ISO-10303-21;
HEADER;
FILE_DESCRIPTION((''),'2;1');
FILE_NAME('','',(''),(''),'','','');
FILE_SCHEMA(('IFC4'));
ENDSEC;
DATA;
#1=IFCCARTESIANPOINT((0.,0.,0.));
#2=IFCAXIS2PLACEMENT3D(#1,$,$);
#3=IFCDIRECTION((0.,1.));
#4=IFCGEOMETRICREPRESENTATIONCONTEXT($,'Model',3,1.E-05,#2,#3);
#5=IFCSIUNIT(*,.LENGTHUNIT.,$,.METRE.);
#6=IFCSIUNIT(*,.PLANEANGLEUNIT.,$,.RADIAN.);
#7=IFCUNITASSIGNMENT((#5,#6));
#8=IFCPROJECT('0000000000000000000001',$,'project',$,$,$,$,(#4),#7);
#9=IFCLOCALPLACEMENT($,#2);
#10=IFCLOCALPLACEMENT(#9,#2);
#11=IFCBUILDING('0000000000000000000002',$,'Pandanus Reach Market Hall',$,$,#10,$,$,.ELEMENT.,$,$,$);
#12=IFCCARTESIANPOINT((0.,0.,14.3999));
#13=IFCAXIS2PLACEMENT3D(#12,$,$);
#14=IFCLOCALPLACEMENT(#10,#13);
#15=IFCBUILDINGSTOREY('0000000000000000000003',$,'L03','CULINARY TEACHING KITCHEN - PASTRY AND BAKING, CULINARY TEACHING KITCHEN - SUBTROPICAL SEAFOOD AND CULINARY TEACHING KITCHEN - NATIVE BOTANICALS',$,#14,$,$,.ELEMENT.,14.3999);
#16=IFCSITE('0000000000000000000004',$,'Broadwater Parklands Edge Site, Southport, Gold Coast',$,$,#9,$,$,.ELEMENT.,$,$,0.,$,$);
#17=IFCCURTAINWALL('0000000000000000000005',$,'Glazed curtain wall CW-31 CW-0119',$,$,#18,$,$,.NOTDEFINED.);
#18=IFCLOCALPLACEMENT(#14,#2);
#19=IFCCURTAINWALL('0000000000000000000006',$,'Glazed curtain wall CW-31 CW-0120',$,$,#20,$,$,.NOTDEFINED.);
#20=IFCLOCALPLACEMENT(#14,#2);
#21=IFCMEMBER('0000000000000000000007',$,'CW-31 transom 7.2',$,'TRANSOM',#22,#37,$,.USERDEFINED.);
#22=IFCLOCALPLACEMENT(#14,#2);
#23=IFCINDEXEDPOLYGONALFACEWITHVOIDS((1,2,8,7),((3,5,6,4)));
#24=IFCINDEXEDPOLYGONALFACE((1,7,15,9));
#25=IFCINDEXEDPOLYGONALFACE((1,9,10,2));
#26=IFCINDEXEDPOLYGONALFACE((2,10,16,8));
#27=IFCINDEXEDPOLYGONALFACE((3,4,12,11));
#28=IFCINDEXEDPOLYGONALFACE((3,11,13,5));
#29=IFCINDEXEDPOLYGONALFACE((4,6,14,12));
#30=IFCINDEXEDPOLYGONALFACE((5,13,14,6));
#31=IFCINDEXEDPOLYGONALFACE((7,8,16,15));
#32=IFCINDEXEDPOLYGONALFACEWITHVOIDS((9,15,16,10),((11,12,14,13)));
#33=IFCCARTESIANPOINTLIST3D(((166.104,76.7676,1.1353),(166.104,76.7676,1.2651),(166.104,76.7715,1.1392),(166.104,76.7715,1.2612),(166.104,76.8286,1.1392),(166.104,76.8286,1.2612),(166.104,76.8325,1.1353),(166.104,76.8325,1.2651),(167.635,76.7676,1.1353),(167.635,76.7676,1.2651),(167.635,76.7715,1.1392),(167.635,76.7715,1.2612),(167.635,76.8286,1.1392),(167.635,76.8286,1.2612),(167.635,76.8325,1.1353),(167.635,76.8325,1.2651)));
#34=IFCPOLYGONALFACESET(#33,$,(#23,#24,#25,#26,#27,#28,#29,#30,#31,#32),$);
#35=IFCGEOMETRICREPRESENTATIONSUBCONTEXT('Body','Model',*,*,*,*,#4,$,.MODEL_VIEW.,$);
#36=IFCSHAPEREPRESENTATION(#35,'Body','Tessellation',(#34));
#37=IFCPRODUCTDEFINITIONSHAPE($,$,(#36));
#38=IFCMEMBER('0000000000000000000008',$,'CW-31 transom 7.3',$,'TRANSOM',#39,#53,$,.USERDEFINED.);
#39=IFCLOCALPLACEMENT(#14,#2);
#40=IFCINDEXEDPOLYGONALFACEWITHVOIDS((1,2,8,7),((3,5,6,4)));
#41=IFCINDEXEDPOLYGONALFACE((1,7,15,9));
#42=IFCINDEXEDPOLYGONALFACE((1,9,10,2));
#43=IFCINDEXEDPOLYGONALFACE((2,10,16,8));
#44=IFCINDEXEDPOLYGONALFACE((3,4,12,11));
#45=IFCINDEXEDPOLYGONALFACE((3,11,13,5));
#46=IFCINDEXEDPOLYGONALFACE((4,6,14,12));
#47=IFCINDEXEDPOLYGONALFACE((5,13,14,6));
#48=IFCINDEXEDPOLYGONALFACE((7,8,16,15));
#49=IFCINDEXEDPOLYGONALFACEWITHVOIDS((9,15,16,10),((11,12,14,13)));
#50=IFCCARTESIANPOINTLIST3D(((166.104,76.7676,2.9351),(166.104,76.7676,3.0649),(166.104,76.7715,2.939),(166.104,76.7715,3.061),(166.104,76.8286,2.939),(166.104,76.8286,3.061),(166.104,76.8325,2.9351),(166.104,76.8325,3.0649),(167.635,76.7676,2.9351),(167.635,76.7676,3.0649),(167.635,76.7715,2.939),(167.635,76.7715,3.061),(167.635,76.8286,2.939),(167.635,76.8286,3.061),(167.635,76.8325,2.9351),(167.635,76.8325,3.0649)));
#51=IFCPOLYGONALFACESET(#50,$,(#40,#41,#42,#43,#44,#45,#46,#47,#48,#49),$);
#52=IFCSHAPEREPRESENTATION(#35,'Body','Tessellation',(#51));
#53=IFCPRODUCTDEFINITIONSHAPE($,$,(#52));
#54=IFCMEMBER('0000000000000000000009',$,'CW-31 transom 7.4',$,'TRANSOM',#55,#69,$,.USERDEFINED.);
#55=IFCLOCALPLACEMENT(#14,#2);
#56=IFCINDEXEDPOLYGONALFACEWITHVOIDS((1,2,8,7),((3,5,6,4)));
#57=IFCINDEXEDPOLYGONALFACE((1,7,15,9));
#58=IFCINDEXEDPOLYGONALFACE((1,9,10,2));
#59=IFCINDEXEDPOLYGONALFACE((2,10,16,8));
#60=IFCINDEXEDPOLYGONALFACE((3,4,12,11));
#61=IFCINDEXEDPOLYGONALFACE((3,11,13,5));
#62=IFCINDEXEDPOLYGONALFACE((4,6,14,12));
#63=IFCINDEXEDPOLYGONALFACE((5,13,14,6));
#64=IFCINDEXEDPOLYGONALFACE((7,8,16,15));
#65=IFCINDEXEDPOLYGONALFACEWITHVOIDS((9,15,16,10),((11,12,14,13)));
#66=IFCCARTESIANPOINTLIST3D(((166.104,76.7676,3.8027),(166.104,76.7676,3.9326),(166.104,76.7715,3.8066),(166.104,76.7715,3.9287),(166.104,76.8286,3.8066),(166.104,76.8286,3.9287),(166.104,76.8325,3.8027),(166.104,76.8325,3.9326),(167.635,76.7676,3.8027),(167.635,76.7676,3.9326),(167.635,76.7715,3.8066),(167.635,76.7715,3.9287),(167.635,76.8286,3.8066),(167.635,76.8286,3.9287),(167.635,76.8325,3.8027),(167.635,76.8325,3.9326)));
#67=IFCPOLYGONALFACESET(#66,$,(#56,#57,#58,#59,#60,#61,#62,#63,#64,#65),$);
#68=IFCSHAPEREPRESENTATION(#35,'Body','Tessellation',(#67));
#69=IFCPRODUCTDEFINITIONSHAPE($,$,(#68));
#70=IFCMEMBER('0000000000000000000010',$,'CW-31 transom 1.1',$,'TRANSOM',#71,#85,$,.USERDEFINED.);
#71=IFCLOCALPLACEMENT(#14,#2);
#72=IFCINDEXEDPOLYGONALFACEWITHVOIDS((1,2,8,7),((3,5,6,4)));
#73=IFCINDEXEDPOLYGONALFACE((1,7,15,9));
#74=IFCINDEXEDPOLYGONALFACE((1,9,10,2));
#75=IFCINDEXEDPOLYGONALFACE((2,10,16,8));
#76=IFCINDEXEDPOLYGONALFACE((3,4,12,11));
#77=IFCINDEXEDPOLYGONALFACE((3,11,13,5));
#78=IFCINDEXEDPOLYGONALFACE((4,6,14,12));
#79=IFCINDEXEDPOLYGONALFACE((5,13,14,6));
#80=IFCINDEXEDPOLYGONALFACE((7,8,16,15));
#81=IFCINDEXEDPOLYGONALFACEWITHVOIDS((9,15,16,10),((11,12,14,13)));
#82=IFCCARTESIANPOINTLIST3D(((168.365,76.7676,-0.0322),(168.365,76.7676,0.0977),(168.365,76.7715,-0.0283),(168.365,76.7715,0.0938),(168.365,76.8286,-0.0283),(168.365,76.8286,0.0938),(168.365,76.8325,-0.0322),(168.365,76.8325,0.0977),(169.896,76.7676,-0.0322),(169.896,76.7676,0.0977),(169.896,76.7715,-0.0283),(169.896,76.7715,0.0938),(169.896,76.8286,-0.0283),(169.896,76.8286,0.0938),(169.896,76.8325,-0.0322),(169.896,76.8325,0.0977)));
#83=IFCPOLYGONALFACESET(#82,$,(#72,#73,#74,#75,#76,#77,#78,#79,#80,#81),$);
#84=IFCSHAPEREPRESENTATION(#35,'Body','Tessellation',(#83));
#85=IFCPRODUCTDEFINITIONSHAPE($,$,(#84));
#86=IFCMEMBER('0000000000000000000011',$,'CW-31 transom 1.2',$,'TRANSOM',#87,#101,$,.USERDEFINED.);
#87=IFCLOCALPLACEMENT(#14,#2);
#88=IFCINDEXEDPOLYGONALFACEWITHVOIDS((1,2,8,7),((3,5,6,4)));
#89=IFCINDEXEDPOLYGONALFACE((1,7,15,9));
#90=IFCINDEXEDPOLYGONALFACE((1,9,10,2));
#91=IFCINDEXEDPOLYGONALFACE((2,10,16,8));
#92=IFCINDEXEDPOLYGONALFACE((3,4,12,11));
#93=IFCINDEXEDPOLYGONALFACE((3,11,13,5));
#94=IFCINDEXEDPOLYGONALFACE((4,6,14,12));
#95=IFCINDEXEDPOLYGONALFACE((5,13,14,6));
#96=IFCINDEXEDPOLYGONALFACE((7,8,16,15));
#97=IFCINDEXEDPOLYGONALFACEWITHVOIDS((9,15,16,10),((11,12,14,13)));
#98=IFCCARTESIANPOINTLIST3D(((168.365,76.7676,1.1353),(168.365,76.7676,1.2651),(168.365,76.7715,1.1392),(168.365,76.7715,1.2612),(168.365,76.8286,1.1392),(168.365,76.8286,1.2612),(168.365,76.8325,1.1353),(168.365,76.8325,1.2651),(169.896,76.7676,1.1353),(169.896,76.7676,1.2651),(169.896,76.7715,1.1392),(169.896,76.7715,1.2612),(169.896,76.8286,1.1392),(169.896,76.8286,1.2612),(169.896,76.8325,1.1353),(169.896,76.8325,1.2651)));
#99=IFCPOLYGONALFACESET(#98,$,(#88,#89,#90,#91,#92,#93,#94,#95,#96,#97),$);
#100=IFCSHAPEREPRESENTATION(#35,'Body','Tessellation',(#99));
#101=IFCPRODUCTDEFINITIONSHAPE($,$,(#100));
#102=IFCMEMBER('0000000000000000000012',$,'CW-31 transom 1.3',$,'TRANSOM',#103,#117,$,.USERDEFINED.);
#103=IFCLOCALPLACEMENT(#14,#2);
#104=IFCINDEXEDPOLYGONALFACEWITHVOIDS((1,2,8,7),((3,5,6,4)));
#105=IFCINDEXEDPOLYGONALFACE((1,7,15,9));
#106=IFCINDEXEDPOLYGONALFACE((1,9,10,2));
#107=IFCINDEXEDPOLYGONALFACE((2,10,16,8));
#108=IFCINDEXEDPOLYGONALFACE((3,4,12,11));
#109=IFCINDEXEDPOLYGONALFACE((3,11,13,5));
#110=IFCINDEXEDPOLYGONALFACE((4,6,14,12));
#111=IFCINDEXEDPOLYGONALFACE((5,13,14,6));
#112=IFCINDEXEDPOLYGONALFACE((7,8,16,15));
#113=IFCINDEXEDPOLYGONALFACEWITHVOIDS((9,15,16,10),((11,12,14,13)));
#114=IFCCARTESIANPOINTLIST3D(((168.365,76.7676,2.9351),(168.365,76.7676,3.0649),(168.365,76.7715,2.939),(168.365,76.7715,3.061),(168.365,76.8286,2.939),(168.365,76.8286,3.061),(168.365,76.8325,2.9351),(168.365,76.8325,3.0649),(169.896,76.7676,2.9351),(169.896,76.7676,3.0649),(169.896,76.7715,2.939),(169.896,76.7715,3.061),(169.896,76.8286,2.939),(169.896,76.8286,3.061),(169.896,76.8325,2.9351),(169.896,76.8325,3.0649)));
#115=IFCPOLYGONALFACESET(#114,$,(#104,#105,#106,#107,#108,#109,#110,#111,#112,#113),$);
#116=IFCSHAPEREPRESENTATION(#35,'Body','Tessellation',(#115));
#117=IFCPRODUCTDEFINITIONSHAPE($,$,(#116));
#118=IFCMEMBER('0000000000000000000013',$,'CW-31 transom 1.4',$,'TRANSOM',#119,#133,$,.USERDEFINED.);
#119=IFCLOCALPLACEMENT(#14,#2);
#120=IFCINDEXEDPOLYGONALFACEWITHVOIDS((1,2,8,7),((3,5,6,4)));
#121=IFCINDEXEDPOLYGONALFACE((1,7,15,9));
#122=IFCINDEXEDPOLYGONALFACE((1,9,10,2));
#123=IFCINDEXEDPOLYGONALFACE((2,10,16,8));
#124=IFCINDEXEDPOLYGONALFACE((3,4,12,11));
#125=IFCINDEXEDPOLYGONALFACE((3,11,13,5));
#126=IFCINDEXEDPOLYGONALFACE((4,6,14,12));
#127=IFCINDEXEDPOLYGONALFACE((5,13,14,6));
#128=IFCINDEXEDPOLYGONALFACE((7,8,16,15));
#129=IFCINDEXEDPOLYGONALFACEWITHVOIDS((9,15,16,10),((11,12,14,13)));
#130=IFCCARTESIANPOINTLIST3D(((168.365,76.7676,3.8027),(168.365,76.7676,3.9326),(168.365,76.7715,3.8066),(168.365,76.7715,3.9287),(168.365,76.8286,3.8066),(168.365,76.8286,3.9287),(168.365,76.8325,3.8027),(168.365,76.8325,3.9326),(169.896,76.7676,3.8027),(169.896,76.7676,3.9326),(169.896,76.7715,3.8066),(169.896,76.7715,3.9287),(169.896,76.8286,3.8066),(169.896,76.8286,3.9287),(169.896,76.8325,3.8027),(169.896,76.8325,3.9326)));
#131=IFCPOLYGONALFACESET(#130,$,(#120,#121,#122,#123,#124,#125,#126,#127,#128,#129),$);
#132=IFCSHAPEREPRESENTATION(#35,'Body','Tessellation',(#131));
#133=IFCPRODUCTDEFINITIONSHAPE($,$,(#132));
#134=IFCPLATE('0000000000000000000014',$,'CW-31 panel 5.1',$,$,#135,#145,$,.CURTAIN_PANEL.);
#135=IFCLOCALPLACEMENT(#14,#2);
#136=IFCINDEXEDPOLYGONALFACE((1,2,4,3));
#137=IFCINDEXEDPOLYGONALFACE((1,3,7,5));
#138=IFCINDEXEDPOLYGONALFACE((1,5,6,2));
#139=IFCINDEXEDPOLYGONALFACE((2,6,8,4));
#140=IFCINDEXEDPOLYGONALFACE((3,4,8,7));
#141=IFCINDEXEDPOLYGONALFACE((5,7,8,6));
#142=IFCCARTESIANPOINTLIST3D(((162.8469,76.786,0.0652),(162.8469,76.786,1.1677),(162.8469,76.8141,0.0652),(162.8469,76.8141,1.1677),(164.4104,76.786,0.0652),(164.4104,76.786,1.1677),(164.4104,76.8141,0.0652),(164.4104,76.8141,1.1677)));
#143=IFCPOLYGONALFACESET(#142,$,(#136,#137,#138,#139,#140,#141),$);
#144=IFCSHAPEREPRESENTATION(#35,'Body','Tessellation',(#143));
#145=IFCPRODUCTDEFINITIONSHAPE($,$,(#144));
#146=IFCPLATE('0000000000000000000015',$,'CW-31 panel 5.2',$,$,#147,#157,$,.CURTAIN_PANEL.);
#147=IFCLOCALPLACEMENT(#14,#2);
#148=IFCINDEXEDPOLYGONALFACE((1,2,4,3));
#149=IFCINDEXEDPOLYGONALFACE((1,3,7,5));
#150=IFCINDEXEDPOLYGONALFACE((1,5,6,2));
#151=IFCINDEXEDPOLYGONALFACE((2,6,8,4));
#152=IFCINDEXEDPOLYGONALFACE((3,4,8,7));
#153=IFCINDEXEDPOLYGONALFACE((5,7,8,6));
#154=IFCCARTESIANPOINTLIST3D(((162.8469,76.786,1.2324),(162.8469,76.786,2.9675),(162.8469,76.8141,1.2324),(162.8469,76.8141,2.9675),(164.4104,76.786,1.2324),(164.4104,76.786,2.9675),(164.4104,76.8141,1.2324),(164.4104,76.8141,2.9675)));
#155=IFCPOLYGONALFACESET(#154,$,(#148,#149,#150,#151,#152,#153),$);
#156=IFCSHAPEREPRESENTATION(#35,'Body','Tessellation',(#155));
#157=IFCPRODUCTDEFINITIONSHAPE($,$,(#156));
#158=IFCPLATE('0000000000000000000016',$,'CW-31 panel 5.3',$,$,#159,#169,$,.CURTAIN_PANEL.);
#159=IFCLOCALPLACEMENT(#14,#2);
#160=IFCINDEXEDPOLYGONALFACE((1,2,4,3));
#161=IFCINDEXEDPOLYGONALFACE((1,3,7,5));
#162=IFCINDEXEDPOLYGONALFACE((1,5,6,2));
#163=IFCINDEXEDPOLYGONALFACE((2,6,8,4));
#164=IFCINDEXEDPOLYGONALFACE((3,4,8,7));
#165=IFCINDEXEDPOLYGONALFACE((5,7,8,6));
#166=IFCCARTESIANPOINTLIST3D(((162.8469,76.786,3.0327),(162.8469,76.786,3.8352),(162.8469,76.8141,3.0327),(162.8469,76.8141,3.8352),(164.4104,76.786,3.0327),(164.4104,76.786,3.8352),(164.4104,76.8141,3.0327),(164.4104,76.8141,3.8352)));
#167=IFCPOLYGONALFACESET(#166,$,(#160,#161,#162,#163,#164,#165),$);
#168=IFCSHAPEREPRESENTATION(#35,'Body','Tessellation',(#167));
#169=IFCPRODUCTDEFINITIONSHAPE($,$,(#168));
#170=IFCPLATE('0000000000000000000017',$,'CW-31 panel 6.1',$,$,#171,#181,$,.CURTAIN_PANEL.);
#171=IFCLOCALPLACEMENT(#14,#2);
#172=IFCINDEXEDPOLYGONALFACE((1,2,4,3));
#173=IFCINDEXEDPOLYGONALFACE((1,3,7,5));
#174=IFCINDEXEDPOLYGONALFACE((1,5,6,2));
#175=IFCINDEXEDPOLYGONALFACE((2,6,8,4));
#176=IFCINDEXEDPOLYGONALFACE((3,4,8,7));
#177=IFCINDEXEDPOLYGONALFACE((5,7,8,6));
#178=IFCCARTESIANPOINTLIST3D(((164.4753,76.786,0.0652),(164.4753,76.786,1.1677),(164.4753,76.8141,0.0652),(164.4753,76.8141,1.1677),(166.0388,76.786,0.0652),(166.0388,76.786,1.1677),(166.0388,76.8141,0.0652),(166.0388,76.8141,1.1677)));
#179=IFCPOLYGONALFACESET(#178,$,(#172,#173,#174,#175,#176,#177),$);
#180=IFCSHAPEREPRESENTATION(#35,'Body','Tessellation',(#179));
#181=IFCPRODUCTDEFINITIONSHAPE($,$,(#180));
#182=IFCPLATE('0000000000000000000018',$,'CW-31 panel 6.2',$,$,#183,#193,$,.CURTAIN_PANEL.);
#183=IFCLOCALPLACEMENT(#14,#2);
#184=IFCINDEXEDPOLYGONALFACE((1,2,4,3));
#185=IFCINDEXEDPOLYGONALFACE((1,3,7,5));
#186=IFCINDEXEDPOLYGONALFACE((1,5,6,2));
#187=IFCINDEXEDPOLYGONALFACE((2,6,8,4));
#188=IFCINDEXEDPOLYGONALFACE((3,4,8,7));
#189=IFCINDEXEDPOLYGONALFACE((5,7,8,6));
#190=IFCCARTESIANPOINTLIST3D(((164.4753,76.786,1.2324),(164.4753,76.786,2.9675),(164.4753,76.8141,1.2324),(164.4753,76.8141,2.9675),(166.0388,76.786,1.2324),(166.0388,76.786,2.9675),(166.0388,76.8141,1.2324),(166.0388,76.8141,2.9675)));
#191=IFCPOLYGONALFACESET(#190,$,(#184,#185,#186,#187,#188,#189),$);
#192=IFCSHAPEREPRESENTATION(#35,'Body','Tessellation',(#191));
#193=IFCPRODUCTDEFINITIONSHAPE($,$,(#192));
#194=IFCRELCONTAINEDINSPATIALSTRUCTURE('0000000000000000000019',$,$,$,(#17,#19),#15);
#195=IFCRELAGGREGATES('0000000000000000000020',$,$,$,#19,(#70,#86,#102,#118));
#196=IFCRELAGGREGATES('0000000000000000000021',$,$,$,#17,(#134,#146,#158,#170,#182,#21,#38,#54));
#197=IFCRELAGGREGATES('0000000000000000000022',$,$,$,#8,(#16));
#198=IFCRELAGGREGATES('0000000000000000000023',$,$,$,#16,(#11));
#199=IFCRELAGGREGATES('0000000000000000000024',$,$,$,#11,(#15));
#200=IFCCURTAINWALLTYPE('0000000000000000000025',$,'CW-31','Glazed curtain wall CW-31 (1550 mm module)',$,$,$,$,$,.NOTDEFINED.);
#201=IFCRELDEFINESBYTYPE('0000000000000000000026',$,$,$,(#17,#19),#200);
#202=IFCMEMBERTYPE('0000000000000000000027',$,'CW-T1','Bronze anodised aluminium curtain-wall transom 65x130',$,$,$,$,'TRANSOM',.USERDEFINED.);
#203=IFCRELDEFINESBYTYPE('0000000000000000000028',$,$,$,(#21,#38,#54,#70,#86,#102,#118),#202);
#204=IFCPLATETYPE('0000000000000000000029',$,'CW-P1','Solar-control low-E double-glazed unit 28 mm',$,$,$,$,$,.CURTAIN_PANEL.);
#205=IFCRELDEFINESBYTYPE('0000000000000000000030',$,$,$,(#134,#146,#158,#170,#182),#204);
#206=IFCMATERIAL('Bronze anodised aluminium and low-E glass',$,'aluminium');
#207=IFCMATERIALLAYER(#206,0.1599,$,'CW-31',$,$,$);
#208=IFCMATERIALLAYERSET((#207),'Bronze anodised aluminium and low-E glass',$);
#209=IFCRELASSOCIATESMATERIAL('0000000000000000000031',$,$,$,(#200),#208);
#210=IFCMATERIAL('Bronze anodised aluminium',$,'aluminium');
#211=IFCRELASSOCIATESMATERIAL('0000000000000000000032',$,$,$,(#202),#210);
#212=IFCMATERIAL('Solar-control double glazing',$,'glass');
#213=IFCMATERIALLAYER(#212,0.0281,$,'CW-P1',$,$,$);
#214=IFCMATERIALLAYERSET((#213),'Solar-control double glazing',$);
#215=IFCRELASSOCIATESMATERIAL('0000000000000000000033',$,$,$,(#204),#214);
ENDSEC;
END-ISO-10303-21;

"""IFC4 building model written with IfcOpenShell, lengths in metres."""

from ifc_helpers import new_model, si_unit, direction, frame, origin, origin_2d, place, context, subcontext, project, spatial, rectangle, hollow_rectangle, extrude, material, layer, layer_set, material_profile, profile_set, type_object, element, aggregate, save


model = new_model("IFC4")

# Units and contexts
model_context = context("Model", 3, precision=1e-05, world=origin(), true_north=direction((0.0, 1.0)))
body_context = subcontext(model_context, "Body", "Model", "MODEL_VIEW")
ifc_project = project(units=[si_unit("LENGTHUNIT", "METRE"), si_unit("PLANEANGLEUNIT", "RADIAN")], contexts=[model_context])

# Site, building, storey
site_placement = place(None, origin())
site = spatial("IfcSite", under=ifc_project, at=site_placement, Name="Broadwater Parklands Edge Site, Southport, Gold Coast", CompositionType="ELEMENT", RefElevation=0.0)
building_placement = place(site_placement, origin())
building = spatial("IfcBuilding", under=site, at=building_placement, Name="Pandanus Reach Market Hall", CompositionType="ELEMENT")
storey_placement = place(building_placement, frame((0.0, 0.0, 14.3999)))
storey = spatial("IfcBuildingStorey", under=building, at=storey_placement, Name="L03", Description="CULINARY TEACHING KITCHEN - PASTRY AND BAKING, CULINARY TEACHING KITCHEN - SUBTROPICAL SEAFOOD AND CULINARY TEACHING KITCHEN - NATIVE BOTANICALS", CompositionType="ELEMENT", Elevation=14.3999)

# Curtain wall
ifc_material_1 = material(Name="Bronze anodised aluminium and low-E glass", Category="aluminium")
ifc_layer_1 = layer(ifc_material_1, 0.1599, Name="CW-31")
ifc_layer_set_1 = layer_set([ifc_layer_1], Name="Bronze anodised aluminium and low-E glass")
curtain_wall_type = type_object("IfcCurtainWallType", Name="CW-31", Description="Glazed curtain wall CW-31 (1550 mm module)", PredefinedType="NOTDEFINED", material=ifc_layer_set_1)
curtain_wall_1_placement = place(storey_placement, origin())
curtain_wall_1 = element("IfcCurtainWall", 1, at=curtain_wall_1_placement, inside=storey, type_object=curtain_wall_type, Name="Glazed curtain wall CW-31 CW-0119", PredefinedType="NOTDEFINED")
ifc_material_2 = material(Name="Bronze anodised aluminium", Category="aluminium")

# Curtain wall
curtain_wall_2_placement = place(storey_placement, origin())
curtain_wall_2 = element("IfcCurtainWall", 2, at=curtain_wall_2_placement, inside=storey, type_object=curtain_wall_type, Name="Glazed curtain wall CW-31 CW-0120", PredefinedType="NOTDEFINED")

# Members
ifc_material_profile_1 = material_profile(ifc_material_2, hollow_rectangle(XDim=0.0649, YDim=0.1299, WallThickness=0.0039, at=origin_2d()), Name="ALU65x130", Category="LoadBearing")
ifc_profile_set_1 = profile_set([ifc_material_profile_1], Name="Bronze anodised aluminium")
member_type_1 = type_object("IfcMemberType", Name="CW-T1", Description="Bronze anodised aluminium curtain-wall transom 65x130", ElementType="TRANSOM", PredefinedType="USERDEFINED", material=ifc_profile_set_1)
member_1_placement = place(storey_placement, frame((166.104, 76.8, 1.2002), z_axis=(1.0, 0.0, 0.0), x_axis=(0.0, 1.0, 0.0)))
member_1 = element("IfcMember", 3, at=member_1_placement, type_object=member_type_1, Name="CW-31 transom 7.2", ObjectType="TRANSOM", PredefinedType="USERDEFINED", context=body_context, shape_type="SweptSolid", body=[
    extrude(hollow_rectangle(XDim=0.0649, YDim=0.1299, WallThickness=0.0039, at=origin_2d()), origin(), (0.0, 0.0, 1.0), 1.531),
])
member_2_placement = place(storey_placement, frame((166.104, 76.8, 3.0), z_axis=(1.0, 0.0, 0.0), x_axis=(0.0, 1.0, 0.0)))
member_2 = element("IfcMember", 4, at=member_2_placement, type_object=member_type_1, Name="CW-31 transom 7.3", ObjectType="TRANSOM", PredefinedType="USERDEFINED", context=body_context, shape_type="SweptSolid", body=[
    extrude(hollow_rectangle(XDim=0.0649, YDim=0.1299, WallThickness=0.0039, at=origin_2d()), origin(), (0.0, 0.0, 1.0), 1.531),
])
member_3_placement = place(storey_placement, frame((166.104, 76.8, 3.8677), z_axis=(1.0, 0.0, 0.0), x_axis=(0.0, 1.0, 0.0)))
member_3 = element("IfcMember", 5, at=member_3_placement, type_object=member_type_1, Name="CW-31 transom 7.4", ObjectType="TRANSOM", PredefinedType="USERDEFINED", context=body_context, shape_type="SweptSolid", body=[
    extrude(hollow_rectangle(XDim=0.0649, YDim=0.1299, WallThickness=0.0039, at=origin_2d()), origin(), (0.0, 0.0, 1.0), 1.531),
])
member_4_placement = place(storey_placement, frame((168.365, 76.8, 0.0327), z_axis=(1.0, 0.0, 0.0), x_axis=(0.0, 1.0, 0.0)))
member_4 = element("IfcMember", 6, at=member_4_placement, type_object=member_type_1, Name="CW-31 transom 1.1", ObjectType="TRANSOM", PredefinedType="USERDEFINED", context=body_context, shape_type="SweptSolid", body=[
    extrude(hollow_rectangle(XDim=0.0649, YDim=0.1299, WallThickness=0.0039, at=origin_2d()), origin(), (0.0, 0.0, 1.0), 1.531),
])
member_5_placement = place(storey_placement, frame((168.365, 76.8, 1.2002), z_axis=(1.0, 0.0, 0.0), x_axis=(0.0, 1.0, 0.0)))
member_5 = element("IfcMember", 7, at=member_5_placement, type_object=member_type_1, Name="CW-31 transom 1.2", ObjectType="TRANSOM", PredefinedType="USERDEFINED", context=body_context, shape_type="SweptSolid", body=[
    extrude(hollow_rectangle(XDim=0.0649, YDim=0.1299, WallThickness=0.0039, at=origin_2d()), origin(), (0.0, 0.0, 1.0), 1.531),
])
member_6_placement = place(storey_placement, frame((168.365, 76.8, 3.0), z_axis=(1.0, 0.0, 0.0), x_axis=(0.0, 1.0, 0.0)))
member_6 = element("IfcMember", 8, at=member_6_placement, type_object=member_type_1, Name="CW-31 transom 1.3", ObjectType="TRANSOM", PredefinedType="USERDEFINED", context=body_context, shape_type="SweptSolid", body=[
    extrude(hollow_rectangle(XDim=0.0649, YDim=0.1299, WallThickness=0.0039, at=origin_2d()), origin(), (0.0, 0.0, 1.0), 1.531),
])
member_7_placement = place(storey_placement, frame((168.365, 76.8, 3.8677), z_axis=(1.0, 0.0, 0.0), x_axis=(0.0, 1.0, 0.0)))
member_7 = element("IfcMember", 9, at=member_7_placement, type_object=member_type_1, Name="CW-31 transom 1.4", ObjectType="TRANSOM", PredefinedType="USERDEFINED", context=body_context, shape_type="SweptSolid", body=[
    extrude(hollow_rectangle(XDim=0.0649, YDim=0.1299, WallThickness=0.0039, at=origin_2d()), origin(), (0.0, 0.0, 1.0), 1.531),
])
aggregate(curtain_wall_2, [member_4, member_5, member_6, member_7])

# Plates
ifc_material_3 = material(Name="Solar-control double glazing", Category="glass")
ifc_layer_2 = layer(ifc_material_3, 0.0281, Name="CW-P1")
ifc_layer_set_2 = layer_set([ifc_layer_2], Name="Solar-control double glazing")
plate_type = type_object("IfcPlateType", Name="CW-P1", Description="Solar-control low-E double-glazed unit 28 mm", PredefinedType="CURTAIN_PANEL", material=ifc_layer_set_2)
plate_1_placement = place(storey_placement, frame((163.6287, 76.8, 0.0652), z_axis=(0.0, 0.0, 1.0), x_axis=(1.0, 0.0, 0.0)))
plate_1 = element("IfcPlate", 10, at=plate_1_placement, type_object=plate_type, Name="CW-31 panel 5.1", PredefinedType="CURTAIN_PANEL", context=body_context, shape_type="SweptSolid", body=[
    extrude(rectangle(XDim=1.5635, YDim=0.0281, at=origin_2d()), origin(), (0.0, 0.0, 1.0), 1.1025),
])
plate_2_placement = place(storey_placement, frame((163.6287, 76.8, 1.2324), z_axis=(0.0, 0.0, 1.0), x_axis=(1.0, 0.0, 0.0)))
plate_2 = element("IfcPlate", 11, at=plate_2_placement, type_object=plate_type, Name="CW-31 panel 5.2", PredefinedType="CURTAIN_PANEL", context=body_context, shape_type="SweptSolid", body=[
    extrude(rectangle(XDim=1.5635, YDim=0.0281, at=origin_2d()), origin(), (0.0, 0.0, 1.0), 1.7351),
])
plate_3_placement = place(storey_placement, frame((163.6287, 76.8, 3.0327), z_axis=(0.0, 0.0, 1.0), x_axis=(1.0, 0.0, 0.0)))
plate_3 = element("IfcPlate", 12, at=plate_3_placement, type_object=plate_type, Name="CW-31 panel 5.3", PredefinedType="CURTAIN_PANEL", context=body_context, shape_type="SweptSolid", body=[
    extrude(rectangle(XDim=1.5635, YDim=0.0281, at=origin_2d()), origin(), (0.0, 0.0, 1.0), 0.8025),
])
plate_4_placement = place(storey_placement, frame((165.2571, 76.8, 0.0652), z_axis=(0.0, 0.0, 1.0), x_axis=(1.0, 0.0, 0.0)))
plate_4 = element("IfcPlate", 13, at=plate_4_placement, type_object=plate_type, Name="CW-31 panel 6.1", PredefinedType="CURTAIN_PANEL", context=body_context, shape_type="SweptSolid", body=[
    extrude(rectangle(XDim=1.5635, YDim=0.0281, at=origin_2d()), origin(), (0.0, 0.0, 1.0), 1.1025),
])
plate_5_placement = place(storey_placement, frame((165.2571, 76.8, 1.2324), z_axis=(0.0, 0.0, 1.0), x_axis=(1.0, 0.0, 0.0)))
plate_5 = element("IfcPlate", 14, at=plate_5_placement, type_object=plate_type, Name="CW-31 panel 6.2", PredefinedType="CURTAIN_PANEL", context=body_context, shape_type="SweptSolid", body=[
    extrude(rectangle(XDim=1.5635, YDim=0.0281, at=origin_2d()), origin(), (0.0, 0.0, 1.0), 1.7351),
])
aggregate(curtain_wall_1, [plate_1, plate_2, plate_3, plate_4, plate_5, member_1, member_2, member_3])

save(model, "model.ifc")
